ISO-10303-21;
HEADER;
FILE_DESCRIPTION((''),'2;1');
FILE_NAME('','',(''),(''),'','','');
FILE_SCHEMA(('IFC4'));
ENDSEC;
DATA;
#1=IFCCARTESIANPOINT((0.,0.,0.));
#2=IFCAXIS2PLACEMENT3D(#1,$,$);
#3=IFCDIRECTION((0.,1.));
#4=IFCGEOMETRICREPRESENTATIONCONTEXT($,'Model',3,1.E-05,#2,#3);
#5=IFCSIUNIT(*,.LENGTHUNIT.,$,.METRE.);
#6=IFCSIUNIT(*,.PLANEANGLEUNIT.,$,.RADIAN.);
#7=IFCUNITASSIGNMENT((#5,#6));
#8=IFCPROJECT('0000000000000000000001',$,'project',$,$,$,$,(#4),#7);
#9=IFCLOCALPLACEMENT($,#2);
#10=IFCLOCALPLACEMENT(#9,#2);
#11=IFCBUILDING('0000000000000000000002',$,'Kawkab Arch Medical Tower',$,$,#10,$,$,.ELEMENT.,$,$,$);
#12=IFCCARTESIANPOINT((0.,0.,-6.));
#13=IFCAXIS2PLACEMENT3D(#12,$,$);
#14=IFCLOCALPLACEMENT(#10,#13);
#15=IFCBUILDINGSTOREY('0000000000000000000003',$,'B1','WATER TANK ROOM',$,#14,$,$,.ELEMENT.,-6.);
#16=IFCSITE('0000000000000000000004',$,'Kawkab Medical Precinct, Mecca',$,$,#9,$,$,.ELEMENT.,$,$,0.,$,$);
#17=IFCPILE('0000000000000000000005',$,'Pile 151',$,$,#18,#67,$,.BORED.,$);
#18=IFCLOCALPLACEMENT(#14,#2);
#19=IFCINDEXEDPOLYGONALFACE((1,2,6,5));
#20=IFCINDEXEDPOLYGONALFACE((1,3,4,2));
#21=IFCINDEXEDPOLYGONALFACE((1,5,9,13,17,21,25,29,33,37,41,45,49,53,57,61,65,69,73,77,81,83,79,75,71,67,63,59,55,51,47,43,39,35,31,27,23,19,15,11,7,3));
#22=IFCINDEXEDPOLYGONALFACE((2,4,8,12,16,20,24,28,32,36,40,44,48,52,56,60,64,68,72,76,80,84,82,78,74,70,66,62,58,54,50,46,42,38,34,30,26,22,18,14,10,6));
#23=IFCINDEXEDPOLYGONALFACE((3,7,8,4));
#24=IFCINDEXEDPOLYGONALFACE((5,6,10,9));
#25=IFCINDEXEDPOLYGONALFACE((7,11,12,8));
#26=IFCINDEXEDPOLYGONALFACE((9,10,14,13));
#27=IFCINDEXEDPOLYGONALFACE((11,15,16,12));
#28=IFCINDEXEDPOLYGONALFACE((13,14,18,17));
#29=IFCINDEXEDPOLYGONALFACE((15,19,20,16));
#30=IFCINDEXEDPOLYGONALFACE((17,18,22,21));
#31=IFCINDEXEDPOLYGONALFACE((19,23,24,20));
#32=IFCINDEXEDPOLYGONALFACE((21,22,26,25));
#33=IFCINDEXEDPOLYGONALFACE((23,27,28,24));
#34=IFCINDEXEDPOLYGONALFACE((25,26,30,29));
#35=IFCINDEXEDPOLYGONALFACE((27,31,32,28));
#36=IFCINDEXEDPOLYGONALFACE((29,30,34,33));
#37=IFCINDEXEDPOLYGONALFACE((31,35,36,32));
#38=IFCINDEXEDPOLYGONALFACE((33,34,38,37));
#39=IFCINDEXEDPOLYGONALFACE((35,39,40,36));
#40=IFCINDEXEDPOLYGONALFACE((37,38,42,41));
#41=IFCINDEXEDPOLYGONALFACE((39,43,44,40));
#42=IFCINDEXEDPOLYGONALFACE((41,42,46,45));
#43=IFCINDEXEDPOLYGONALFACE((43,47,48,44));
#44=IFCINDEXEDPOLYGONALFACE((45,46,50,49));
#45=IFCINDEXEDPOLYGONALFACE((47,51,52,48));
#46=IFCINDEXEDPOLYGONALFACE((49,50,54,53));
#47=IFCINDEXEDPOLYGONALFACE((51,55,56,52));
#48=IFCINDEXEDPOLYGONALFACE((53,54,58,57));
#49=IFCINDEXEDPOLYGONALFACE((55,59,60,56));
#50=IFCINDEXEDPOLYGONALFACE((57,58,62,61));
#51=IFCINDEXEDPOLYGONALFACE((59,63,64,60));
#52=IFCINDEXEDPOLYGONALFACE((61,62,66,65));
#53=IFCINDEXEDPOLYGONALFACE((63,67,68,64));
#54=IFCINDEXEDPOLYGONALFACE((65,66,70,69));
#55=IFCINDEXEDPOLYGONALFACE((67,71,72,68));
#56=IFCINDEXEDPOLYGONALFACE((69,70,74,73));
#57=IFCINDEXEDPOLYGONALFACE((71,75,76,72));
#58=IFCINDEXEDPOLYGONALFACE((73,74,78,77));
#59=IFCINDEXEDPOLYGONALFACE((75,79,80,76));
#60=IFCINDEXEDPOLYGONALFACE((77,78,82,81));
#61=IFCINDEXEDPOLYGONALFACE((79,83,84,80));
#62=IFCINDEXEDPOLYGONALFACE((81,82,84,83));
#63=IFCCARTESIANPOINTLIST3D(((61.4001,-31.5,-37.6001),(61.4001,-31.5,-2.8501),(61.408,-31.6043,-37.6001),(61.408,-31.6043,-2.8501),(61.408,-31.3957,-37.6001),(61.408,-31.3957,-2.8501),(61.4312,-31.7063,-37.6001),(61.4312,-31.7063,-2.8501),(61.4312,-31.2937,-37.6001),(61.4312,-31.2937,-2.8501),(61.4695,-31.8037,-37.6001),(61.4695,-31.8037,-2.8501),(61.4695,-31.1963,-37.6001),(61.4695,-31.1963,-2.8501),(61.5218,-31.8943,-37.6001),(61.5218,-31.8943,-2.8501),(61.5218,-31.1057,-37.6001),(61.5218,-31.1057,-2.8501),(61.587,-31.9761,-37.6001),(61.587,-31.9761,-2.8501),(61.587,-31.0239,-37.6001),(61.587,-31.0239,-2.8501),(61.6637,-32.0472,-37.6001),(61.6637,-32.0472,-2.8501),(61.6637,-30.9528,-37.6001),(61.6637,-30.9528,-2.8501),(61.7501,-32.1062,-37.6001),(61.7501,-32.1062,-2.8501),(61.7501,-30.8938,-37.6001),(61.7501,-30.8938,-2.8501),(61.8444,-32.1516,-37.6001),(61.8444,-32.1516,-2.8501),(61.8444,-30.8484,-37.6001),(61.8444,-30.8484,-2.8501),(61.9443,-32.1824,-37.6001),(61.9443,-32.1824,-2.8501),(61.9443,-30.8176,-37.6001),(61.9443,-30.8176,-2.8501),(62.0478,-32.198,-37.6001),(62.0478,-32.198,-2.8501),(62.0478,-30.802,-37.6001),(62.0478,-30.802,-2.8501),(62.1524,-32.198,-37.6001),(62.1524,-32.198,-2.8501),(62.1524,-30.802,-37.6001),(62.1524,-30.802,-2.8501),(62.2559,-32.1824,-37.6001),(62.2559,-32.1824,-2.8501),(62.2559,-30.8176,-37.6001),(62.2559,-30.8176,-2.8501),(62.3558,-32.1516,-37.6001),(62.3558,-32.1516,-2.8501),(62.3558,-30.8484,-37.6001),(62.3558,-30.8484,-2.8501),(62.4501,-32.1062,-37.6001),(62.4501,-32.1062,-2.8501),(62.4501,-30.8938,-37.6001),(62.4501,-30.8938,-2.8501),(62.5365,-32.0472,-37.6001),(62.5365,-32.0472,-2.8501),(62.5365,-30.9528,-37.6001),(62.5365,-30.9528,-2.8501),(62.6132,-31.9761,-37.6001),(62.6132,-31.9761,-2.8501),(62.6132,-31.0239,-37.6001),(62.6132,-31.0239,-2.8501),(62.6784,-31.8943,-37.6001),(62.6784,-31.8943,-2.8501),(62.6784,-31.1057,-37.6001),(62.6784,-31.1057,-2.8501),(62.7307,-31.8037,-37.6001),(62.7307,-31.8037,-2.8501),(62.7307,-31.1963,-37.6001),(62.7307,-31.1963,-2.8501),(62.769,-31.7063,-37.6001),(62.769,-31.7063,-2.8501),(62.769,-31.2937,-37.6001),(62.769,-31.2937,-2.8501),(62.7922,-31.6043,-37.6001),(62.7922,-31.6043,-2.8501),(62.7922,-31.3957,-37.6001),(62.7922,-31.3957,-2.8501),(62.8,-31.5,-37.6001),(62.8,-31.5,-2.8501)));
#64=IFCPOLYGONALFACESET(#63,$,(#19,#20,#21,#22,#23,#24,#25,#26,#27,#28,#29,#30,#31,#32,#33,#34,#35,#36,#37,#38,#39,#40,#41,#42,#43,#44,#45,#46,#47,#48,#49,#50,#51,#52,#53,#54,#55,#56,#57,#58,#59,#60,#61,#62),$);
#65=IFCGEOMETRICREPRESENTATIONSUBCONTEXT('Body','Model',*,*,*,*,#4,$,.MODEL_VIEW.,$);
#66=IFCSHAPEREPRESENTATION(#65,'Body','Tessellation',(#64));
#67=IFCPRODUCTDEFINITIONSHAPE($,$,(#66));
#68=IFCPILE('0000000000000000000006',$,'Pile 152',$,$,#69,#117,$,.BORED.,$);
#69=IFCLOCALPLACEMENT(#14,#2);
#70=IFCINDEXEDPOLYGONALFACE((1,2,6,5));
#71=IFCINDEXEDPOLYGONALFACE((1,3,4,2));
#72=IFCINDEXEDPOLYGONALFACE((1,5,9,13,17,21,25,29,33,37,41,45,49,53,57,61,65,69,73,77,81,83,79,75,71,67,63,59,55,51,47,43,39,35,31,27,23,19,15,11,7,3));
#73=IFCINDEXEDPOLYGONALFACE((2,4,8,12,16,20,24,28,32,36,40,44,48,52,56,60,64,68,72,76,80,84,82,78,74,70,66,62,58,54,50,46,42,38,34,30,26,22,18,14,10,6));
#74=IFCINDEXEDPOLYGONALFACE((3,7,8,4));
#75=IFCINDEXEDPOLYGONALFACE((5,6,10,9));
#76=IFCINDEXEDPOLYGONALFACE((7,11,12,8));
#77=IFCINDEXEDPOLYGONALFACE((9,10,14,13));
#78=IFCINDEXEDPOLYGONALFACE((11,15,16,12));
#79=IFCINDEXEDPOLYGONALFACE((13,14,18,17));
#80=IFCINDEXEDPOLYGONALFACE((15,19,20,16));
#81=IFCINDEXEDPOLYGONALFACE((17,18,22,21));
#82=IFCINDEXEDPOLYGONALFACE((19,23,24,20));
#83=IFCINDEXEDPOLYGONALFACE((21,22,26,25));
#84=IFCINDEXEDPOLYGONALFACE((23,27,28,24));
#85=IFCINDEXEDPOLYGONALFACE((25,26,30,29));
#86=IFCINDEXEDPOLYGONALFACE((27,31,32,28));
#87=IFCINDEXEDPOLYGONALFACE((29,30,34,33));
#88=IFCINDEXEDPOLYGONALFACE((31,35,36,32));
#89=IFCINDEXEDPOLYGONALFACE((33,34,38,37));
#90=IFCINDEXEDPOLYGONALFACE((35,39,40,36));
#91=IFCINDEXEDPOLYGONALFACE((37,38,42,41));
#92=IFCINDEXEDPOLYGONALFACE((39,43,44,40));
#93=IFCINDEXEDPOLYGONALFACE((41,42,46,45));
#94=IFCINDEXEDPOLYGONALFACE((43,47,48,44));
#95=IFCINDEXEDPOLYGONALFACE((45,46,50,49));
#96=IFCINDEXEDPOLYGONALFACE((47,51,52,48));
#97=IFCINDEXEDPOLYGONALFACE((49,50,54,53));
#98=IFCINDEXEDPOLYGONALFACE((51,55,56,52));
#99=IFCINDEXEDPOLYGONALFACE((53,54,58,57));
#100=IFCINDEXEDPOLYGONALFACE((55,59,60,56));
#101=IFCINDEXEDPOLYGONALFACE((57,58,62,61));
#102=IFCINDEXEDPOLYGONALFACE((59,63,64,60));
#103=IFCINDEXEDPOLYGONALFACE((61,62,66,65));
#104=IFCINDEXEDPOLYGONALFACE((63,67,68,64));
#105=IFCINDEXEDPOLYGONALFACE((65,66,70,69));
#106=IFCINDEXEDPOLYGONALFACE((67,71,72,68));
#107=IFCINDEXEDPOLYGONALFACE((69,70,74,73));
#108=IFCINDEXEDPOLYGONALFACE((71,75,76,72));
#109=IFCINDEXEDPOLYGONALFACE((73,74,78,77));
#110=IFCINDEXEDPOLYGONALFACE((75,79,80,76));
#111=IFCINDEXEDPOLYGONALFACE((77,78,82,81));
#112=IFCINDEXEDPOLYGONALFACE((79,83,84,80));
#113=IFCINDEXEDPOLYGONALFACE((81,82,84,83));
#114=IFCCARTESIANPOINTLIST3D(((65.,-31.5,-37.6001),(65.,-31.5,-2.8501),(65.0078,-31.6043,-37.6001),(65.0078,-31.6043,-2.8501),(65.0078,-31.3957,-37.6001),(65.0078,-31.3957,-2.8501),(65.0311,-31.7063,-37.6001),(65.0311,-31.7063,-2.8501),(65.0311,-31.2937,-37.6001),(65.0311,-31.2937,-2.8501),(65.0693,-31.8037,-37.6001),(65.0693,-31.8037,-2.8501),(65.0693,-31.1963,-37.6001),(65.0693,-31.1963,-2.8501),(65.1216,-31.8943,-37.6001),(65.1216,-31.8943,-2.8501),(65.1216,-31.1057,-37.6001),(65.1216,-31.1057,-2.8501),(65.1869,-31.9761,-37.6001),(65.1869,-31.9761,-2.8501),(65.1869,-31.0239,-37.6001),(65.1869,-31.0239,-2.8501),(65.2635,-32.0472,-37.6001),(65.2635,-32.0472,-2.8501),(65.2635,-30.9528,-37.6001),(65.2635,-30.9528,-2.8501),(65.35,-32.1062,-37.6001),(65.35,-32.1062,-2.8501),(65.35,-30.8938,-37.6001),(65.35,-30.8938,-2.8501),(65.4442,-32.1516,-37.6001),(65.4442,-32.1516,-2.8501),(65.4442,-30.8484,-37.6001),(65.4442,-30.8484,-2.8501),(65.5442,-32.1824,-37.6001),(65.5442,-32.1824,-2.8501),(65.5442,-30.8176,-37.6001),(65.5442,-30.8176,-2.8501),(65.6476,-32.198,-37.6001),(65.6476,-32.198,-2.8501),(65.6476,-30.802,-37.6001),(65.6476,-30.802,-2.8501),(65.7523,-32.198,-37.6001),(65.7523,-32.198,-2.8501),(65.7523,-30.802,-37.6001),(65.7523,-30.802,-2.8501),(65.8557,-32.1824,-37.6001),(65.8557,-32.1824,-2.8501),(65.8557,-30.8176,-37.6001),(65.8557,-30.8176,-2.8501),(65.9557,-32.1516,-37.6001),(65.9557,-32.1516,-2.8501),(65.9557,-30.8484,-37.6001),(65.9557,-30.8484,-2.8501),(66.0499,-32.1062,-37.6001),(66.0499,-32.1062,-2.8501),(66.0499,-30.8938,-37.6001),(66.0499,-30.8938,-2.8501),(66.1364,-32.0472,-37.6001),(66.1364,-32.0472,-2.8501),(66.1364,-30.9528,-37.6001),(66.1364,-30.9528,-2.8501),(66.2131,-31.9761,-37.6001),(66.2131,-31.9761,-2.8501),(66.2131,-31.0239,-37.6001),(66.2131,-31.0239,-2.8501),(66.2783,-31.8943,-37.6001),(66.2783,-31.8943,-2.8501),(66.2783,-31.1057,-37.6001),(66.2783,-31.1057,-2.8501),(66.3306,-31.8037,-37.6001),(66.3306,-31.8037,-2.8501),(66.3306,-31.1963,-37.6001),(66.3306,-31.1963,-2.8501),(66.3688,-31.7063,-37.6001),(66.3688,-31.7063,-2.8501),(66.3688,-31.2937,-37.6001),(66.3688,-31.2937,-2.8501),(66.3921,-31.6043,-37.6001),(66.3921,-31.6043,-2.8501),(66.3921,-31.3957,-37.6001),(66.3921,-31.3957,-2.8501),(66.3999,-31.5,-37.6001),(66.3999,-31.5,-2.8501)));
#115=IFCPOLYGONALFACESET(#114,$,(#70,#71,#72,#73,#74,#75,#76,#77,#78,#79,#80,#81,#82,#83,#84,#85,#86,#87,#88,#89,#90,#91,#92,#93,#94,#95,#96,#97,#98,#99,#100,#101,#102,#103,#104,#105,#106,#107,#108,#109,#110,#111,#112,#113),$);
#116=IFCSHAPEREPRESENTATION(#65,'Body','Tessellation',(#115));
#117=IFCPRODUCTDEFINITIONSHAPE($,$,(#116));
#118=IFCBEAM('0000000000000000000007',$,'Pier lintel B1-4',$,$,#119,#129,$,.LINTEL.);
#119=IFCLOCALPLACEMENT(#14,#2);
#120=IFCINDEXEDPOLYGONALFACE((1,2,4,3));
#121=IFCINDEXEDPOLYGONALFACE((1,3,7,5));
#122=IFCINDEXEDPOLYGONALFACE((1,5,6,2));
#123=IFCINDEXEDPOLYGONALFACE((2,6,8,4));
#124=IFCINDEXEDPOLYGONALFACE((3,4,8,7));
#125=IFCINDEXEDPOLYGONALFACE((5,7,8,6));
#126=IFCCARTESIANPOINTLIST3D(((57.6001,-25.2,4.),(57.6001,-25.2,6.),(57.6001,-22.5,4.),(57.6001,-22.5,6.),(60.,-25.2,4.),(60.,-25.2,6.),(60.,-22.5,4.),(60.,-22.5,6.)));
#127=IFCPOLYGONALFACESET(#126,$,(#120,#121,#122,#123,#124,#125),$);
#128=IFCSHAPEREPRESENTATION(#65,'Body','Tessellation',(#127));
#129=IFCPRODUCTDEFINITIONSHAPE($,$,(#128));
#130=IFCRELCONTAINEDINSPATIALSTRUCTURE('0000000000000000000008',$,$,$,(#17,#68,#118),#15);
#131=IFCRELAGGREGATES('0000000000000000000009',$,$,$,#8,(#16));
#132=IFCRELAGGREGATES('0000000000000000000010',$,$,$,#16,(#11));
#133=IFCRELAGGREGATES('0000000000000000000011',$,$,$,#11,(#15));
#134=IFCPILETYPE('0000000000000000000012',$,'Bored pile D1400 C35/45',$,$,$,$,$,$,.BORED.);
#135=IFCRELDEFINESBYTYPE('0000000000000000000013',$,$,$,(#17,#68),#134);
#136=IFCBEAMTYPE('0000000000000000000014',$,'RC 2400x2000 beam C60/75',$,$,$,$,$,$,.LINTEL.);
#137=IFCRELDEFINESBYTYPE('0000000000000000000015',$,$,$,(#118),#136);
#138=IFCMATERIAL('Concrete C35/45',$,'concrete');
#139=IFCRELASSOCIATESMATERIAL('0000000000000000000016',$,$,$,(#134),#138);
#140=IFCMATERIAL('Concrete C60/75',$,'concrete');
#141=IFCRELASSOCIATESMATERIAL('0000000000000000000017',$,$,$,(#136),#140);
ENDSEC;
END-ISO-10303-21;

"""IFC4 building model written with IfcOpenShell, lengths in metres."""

from ifc_helpers import new_model, si_unit, direction, frame, origin, origin_2d, place, context, subcontext, project, spatial, rectangle, circle, extrude, material, material_profile, profile_set, type_object, element, save


model = new_model("IFC4")

# Units and contexts
model_context = context("Model", 3, precision=1e-05, world=origin(), true_north=direction((0.0, 1.0)))
body_context = subcontext(model_context, "Body", "Model", "MODEL_VIEW")
ifc_project = project(units=[si_unit("LENGTHUNIT", "METRE"), si_unit("PLANEANGLEUNIT", "RADIAN")], contexts=[model_context])

# Site, building, storey
site_placement = place(None, origin())
site = spatial("IfcSite", under=ifc_project, at=site_placement, Name="Kawkab Medical Precinct, Mecca", CompositionType="ELEMENT", RefElevation=0.0)
building_placement = place(site_placement, origin())
building = spatial("IfcBuilding", under=site, at=building_placement, Name="Kawkab Arch Medical Tower", CompositionType="ELEMENT")
storey_placement = place(building_placement, frame((0.0, 0.0, -6.0)))
storey = spatial("IfcBuildingStorey", under=building, at=storey_placement, Name="B1", Description="WATER TANK ROOM", CompositionType="ELEMENT", Elevation=-6.0)

# Piles
ifc_material_1 = material(Name="Concrete C35/45", Category="concrete")
ifc_material_profile_1 = material_profile(ifc_material_1, circle(Radius=0.7, at=origin_2d()), Name="Bored pile D1400")
ifc_profile_set_1 = profile_set([ifc_material_profile_1], Name="Concrete C35/45")
pile_type_1 = type_object("IfcPileType", Name="Bored pile D1400 C35/45", PredefinedType="BORED", material=ifc_profile_set_1)
for number, where, z_axis, x_axis, name in (
    (1, (62.1001, -31.5, -2.8501), (0.0, 0.0, -1.0), (1.0, 0.0, 0.0), "Pile 151"),
    (2, (65.7, -31.5, -2.8501), (0.0, 0.0, -1.0), (1.0, 0.0, 0.0), "Pile 152"),
):
    element("IfcPile", number, at=place(storey_placement, frame(where, z_axis=z_axis, x_axis=x_axis)), inside=storey, type_object=pile_type_1, Name=name, PredefinedType="BORED", context=body_context, shape_type="SweptSolid", body=[
        extrude(circle(Radius=0.7, at=origin_2d()), origin(), (0.0, 0.0, 1.0), 34.75),
    ])

# Beam
ifc_material_2 = material(Name="Concrete C60/75", Category="concrete")
ifc_material_profile_2 = material_profile(ifc_material_2, rectangle(XDim=2.3999, YDim=2.0, at=origin_2d()), Name="RC 2400x2000")
ifc_profile_set_2 = profile_set([ifc_material_profile_2], Name="Concrete C60/75")
beam_type = type_object("IfcBeamType", Name="RC 2400x2000 beam C60/75", PredefinedType="LINTEL", material=ifc_profile_set_2)
beam_placement = place(storey_placement, frame((58.8, -22.5, 5.0), z_axis=(0.0, -1.0, 0.0), x_axis=(1.0, 0.0, 0.0)))
element("IfcBeam", 3, at=beam_placement, inside=storey, type_object=beam_type, Name="Pier lintel B1-4", PredefinedType="LINTEL", context=body_context, shape_type="SweptSolid", body=[
    extrude(rectangle(XDim=2.3999, YDim=2.0, at=origin_2d()), origin(), (0.0, 0.0, 1.0), 2.7),
])

save(model, "model.ifc")
